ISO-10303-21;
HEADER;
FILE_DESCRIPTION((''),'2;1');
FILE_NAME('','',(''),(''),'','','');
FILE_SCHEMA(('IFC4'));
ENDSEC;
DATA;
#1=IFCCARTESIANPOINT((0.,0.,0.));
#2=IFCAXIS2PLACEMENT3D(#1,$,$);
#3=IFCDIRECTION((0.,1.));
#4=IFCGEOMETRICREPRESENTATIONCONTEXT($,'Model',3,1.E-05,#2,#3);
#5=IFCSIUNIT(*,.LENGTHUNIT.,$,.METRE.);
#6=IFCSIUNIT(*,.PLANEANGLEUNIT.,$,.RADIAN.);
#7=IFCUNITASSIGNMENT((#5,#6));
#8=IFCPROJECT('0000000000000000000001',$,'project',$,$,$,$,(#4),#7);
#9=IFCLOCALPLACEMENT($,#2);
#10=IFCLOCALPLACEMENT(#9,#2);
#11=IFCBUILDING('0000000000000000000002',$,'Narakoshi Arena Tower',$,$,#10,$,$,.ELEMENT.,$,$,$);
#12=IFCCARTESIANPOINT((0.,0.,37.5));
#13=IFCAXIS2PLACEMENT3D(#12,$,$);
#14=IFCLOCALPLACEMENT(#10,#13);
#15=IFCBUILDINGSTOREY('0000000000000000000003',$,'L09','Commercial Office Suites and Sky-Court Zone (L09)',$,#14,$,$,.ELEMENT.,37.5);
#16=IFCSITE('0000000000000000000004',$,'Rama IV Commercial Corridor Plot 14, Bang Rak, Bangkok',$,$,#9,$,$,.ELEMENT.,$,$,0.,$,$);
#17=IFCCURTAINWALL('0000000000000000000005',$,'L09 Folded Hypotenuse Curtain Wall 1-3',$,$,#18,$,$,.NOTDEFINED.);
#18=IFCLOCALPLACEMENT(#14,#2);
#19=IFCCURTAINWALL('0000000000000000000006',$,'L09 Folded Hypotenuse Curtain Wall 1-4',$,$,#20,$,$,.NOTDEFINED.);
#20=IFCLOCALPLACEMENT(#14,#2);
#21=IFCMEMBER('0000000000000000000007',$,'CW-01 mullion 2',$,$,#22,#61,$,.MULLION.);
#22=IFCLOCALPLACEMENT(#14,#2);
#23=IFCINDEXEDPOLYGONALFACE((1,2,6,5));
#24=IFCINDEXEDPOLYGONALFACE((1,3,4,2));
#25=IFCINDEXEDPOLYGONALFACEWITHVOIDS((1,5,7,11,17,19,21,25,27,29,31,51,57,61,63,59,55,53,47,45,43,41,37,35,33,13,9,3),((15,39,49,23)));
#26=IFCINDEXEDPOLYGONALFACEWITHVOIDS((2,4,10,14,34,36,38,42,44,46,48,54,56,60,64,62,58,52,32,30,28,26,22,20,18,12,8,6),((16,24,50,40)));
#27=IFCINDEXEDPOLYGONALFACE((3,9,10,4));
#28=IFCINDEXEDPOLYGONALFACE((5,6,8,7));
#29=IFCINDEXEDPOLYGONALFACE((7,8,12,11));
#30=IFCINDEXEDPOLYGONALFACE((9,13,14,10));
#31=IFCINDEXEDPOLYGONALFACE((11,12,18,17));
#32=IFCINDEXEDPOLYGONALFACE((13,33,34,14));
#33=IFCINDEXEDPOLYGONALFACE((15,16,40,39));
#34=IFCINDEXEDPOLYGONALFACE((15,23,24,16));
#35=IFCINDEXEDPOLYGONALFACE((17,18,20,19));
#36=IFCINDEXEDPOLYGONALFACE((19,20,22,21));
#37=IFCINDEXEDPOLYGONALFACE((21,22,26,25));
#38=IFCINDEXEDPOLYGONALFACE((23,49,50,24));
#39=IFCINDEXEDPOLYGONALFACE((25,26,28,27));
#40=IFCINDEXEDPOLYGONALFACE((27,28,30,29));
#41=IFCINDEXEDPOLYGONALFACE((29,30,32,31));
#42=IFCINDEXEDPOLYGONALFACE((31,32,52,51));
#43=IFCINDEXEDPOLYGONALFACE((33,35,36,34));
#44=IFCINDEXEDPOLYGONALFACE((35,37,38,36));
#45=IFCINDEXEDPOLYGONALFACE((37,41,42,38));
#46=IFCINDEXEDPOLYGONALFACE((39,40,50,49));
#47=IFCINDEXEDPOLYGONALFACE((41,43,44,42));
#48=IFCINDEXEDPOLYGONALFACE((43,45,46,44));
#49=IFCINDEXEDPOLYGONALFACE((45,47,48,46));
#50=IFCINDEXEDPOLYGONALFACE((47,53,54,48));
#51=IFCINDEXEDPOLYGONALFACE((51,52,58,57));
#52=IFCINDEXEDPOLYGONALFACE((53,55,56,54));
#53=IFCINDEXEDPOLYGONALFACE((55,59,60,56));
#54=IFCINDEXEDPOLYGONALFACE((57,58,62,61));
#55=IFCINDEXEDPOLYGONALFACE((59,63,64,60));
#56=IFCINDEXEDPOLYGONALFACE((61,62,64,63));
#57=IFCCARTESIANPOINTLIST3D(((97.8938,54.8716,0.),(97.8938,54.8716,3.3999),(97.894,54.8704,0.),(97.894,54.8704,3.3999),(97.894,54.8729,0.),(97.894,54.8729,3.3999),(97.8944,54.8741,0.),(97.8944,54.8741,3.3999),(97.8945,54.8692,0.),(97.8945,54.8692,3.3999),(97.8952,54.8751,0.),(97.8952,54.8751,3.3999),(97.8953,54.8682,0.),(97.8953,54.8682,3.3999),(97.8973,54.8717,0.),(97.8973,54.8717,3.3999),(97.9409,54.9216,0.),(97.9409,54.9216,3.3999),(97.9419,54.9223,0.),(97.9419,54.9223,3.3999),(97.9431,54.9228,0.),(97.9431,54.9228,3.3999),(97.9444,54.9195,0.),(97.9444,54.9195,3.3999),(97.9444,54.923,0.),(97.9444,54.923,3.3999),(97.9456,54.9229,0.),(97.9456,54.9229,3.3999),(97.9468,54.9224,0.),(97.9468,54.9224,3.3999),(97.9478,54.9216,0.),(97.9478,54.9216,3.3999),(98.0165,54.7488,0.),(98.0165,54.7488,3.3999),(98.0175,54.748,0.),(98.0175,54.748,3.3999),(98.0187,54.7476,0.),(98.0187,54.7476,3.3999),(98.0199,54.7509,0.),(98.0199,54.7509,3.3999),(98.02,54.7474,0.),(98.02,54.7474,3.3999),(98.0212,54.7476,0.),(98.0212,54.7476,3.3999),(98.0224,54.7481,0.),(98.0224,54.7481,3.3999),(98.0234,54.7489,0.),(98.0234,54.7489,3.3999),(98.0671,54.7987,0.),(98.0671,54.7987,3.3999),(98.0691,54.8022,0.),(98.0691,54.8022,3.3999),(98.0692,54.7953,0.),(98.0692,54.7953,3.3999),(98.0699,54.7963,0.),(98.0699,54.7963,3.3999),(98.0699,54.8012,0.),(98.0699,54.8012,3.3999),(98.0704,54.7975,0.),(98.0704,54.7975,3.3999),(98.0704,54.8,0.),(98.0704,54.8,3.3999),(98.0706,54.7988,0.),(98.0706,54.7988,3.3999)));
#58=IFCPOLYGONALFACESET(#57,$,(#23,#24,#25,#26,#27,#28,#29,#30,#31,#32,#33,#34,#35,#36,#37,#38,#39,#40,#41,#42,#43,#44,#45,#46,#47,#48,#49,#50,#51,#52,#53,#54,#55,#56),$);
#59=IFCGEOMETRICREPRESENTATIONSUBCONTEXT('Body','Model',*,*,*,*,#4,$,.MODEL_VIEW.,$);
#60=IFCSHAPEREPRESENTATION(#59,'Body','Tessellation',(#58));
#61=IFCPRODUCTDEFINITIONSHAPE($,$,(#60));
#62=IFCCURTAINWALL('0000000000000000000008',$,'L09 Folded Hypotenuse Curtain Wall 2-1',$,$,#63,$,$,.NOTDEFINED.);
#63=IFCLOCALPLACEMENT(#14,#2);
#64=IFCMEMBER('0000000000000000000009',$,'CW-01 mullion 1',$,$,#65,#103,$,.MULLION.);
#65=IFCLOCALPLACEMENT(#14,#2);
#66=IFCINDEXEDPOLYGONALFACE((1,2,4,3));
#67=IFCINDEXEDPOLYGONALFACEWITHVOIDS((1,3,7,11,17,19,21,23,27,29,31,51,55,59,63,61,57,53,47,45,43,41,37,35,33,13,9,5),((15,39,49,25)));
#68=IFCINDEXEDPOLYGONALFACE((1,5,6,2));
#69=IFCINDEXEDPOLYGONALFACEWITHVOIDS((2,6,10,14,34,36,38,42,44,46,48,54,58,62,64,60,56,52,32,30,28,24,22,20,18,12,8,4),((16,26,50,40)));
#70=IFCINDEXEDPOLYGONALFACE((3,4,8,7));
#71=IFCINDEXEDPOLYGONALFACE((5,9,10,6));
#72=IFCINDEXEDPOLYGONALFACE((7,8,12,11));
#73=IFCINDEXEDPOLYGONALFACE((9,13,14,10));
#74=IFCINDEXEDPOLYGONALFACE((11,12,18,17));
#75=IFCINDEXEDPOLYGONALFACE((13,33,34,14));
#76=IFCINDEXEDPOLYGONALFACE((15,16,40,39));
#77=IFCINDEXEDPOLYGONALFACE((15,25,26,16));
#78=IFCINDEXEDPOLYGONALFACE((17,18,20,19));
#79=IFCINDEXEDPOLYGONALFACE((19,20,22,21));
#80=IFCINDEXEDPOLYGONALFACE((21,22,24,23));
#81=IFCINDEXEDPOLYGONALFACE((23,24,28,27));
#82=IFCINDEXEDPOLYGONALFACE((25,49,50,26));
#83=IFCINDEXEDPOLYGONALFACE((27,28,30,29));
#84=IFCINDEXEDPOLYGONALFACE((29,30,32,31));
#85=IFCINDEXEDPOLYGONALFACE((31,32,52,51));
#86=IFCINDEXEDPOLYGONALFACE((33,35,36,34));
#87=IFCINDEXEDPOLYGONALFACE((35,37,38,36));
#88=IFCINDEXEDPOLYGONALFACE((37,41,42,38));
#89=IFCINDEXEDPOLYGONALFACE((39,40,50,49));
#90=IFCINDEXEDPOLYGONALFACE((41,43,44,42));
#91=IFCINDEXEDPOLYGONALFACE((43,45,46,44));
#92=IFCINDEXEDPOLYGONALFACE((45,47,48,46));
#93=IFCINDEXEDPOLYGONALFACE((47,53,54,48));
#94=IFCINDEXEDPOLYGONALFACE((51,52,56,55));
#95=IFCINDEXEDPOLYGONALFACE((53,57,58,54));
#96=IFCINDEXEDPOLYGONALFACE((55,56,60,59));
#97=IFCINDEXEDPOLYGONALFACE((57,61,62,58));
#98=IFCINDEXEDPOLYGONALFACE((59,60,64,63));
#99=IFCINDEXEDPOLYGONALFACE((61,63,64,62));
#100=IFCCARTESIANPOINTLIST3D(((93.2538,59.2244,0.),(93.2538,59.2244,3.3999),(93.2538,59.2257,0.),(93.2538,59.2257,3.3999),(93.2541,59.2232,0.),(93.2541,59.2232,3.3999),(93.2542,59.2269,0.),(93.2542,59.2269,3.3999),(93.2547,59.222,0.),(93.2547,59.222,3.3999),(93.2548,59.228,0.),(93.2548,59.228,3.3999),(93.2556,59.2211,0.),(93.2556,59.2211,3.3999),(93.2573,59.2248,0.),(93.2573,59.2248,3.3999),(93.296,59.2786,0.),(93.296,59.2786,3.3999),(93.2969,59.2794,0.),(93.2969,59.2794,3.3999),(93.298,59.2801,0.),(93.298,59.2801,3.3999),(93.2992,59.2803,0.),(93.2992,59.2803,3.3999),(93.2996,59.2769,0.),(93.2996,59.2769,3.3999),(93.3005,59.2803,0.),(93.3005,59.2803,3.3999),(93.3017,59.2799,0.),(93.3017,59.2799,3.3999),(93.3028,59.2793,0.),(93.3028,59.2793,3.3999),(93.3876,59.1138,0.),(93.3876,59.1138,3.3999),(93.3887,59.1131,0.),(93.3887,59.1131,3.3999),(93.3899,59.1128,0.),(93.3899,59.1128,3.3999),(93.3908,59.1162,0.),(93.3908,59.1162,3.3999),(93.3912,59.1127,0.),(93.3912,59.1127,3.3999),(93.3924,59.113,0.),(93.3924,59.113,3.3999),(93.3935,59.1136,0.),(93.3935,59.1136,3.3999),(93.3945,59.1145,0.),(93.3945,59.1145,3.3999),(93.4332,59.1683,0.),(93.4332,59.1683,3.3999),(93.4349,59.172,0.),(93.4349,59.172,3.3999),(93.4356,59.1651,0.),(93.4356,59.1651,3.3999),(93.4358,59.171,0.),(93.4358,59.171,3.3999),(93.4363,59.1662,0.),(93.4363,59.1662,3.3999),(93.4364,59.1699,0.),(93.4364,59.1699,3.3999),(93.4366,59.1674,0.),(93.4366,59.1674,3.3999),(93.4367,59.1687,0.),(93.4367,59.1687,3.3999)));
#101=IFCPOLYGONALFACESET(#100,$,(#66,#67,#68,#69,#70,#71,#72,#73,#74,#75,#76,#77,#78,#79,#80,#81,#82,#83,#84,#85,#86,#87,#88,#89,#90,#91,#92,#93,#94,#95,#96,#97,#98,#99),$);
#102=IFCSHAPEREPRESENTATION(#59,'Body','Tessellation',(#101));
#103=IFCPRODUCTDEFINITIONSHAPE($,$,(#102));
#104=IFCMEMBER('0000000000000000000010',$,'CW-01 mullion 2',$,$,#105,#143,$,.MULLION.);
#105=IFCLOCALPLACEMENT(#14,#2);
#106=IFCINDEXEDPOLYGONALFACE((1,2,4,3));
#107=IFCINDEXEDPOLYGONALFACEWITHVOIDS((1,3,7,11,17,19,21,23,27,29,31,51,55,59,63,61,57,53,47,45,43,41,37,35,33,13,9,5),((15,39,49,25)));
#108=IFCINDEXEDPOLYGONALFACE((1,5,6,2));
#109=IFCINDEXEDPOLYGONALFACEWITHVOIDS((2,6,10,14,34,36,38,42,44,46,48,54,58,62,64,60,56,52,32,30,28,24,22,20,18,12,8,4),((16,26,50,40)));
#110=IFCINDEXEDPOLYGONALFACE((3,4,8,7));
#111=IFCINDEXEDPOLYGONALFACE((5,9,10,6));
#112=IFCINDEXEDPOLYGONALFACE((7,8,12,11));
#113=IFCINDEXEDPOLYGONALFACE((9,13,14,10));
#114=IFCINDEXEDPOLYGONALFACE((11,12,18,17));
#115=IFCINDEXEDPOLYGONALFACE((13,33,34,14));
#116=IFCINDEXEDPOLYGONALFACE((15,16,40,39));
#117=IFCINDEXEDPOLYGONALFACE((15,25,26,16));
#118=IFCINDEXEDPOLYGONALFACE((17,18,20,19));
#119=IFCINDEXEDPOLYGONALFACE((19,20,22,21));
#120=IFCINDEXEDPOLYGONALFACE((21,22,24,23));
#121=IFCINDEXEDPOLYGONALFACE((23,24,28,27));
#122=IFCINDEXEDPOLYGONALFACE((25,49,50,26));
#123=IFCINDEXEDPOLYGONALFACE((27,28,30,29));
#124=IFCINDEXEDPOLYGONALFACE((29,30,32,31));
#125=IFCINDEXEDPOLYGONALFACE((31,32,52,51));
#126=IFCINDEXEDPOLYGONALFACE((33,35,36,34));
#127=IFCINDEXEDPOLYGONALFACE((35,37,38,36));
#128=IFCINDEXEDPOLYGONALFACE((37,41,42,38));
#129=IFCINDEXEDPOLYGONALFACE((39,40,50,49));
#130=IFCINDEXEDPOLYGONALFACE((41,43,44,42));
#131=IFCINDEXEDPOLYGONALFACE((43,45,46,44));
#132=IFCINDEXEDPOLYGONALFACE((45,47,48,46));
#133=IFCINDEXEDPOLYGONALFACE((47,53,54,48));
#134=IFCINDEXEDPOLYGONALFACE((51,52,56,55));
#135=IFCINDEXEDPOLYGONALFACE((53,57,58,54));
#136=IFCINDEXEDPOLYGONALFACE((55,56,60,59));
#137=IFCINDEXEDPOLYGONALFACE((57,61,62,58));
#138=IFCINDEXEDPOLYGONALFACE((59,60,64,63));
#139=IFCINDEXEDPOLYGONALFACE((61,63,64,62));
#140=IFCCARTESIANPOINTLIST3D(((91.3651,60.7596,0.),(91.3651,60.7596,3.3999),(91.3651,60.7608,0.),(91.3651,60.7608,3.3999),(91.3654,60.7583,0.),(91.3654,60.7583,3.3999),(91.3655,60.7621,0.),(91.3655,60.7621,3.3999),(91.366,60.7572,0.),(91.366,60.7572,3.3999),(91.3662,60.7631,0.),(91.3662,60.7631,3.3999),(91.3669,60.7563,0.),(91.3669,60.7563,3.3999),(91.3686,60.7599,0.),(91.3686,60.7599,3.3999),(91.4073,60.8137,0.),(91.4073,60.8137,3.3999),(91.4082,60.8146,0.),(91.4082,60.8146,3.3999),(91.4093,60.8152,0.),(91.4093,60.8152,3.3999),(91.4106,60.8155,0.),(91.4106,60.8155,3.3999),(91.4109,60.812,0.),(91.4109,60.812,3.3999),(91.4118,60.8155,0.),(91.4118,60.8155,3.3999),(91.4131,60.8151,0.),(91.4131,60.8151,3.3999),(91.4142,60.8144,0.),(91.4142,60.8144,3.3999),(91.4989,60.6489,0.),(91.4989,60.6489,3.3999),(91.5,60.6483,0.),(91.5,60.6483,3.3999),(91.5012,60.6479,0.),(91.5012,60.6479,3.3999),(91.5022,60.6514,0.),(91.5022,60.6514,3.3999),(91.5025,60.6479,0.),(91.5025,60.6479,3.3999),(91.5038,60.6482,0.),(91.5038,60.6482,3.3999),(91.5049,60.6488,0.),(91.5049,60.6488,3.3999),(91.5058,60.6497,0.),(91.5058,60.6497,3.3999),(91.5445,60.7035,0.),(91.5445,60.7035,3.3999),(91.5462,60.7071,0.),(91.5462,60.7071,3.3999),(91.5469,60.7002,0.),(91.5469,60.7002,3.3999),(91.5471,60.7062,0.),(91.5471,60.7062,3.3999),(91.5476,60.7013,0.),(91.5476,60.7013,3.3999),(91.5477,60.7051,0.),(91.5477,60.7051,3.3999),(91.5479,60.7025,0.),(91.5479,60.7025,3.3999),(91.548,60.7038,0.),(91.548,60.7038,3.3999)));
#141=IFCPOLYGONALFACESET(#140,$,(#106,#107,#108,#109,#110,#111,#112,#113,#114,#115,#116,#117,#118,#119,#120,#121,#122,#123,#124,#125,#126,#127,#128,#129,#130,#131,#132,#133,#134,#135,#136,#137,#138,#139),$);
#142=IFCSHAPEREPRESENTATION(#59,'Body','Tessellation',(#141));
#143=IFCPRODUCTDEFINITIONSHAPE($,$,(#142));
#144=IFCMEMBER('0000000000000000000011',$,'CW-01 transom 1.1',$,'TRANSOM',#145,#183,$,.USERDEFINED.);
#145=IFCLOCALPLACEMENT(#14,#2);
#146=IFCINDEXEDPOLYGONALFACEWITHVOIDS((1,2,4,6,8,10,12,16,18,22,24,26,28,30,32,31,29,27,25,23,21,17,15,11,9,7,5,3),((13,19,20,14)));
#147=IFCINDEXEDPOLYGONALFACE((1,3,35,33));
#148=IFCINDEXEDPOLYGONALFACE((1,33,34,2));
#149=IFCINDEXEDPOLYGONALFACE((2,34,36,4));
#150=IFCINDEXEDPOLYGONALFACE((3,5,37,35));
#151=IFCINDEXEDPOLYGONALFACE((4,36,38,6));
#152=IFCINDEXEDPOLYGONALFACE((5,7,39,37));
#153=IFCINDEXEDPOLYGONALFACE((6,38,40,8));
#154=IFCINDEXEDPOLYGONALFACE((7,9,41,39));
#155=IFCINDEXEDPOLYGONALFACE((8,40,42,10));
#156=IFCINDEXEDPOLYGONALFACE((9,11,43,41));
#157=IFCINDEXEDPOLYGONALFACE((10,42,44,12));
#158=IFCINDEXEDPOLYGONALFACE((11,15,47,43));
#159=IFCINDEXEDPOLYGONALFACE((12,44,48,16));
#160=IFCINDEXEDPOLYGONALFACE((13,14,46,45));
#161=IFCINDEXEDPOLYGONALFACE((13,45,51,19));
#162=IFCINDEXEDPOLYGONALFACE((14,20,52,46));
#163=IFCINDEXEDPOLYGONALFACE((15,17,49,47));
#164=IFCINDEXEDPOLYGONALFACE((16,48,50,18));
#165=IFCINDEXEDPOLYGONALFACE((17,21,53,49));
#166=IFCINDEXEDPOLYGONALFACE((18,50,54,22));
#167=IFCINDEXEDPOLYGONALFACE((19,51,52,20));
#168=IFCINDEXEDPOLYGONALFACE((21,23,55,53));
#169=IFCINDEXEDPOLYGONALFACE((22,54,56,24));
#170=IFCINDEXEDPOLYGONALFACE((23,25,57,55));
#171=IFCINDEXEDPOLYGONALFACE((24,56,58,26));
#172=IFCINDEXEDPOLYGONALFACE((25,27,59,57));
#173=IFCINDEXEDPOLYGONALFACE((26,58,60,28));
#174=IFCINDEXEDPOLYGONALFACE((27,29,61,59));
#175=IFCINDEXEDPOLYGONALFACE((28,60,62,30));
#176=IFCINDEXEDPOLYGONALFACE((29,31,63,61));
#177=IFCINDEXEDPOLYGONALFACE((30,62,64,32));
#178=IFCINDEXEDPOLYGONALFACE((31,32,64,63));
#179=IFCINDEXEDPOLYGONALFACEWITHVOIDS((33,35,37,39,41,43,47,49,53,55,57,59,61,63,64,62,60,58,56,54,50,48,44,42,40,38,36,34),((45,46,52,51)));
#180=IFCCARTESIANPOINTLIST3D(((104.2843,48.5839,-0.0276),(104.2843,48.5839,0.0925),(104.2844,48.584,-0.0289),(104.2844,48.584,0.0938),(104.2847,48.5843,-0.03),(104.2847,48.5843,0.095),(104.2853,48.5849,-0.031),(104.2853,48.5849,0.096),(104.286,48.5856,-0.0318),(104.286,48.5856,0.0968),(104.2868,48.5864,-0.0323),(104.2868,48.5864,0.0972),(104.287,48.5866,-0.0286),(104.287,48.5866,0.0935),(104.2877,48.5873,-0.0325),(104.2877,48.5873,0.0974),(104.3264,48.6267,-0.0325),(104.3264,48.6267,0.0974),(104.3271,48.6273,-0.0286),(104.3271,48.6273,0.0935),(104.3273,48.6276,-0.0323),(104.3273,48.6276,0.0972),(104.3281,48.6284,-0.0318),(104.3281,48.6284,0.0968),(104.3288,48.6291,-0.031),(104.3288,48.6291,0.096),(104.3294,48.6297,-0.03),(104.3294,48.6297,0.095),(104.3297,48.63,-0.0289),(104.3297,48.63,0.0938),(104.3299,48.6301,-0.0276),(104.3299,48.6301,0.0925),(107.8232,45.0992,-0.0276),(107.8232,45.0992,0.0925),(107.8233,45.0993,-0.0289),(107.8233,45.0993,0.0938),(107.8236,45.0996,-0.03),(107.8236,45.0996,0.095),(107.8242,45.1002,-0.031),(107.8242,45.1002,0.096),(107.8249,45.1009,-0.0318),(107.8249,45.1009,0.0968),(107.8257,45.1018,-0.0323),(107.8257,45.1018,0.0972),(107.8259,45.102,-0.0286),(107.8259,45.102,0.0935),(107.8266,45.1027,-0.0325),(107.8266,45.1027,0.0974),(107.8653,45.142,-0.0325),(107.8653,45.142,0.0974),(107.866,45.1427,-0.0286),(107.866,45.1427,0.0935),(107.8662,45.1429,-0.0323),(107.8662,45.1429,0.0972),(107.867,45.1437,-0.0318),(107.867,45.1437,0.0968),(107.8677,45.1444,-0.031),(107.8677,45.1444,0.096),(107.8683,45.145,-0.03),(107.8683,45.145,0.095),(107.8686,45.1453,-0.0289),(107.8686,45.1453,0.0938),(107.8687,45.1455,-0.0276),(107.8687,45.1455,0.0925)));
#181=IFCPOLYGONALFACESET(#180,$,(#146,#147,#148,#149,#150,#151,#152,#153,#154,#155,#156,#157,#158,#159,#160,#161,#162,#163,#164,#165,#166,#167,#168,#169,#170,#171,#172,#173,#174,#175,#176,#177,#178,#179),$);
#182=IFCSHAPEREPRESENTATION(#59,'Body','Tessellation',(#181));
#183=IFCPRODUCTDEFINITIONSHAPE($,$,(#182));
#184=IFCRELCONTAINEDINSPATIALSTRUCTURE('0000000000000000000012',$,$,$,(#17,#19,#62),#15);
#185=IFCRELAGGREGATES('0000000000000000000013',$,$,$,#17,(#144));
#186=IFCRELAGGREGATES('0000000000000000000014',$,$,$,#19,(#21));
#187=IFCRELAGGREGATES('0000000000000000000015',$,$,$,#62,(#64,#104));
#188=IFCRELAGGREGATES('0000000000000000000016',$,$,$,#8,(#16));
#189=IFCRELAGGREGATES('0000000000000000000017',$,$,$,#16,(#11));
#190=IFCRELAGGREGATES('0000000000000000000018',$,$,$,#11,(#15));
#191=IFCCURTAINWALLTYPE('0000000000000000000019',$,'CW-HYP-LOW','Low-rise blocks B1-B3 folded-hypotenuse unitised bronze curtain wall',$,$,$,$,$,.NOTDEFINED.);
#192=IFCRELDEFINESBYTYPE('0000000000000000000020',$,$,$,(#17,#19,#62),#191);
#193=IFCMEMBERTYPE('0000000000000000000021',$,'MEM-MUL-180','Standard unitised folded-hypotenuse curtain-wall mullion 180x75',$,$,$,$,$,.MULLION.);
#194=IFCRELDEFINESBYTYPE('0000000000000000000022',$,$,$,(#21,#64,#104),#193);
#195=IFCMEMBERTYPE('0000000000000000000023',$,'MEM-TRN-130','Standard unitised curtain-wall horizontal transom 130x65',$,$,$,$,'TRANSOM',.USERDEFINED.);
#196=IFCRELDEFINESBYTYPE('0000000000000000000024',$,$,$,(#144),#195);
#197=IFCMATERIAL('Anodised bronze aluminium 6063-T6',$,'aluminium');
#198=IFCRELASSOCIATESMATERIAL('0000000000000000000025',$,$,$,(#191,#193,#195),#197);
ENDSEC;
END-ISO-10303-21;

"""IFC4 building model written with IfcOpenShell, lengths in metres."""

from ifc_helpers import new_model, si_unit, direction, frame, origin, origin_2d, place, context, subcontext, project, spatial, hollow_rectangle, extrude, material, material_profile, profile_set, type_object, element, aggregate, save


model = new_model("IFC4")

# Units and contexts
model_context = context("Model", 3, precision=1e-05, world=origin(), true_north=direction((0.0, 1.0)))
body_context = subcontext(model_context, "Body", "Model", "MODEL_VIEW")
ifc_project = project(units=[si_unit("LENGTHUNIT", "METRE"), si_unit("PLANEANGLEUNIT", "RADIAN")], contexts=[model_context])

# Site, building, storey
site_placement = place(None, origin())
site = spatial("IfcSite", under=ifc_project, at=site_placement, Name="Rama IV Commercial Corridor Plot 14, Bang Rak, Bangkok", CompositionType="ELEMENT", RefElevation=0.0)
building_placement = place(site_placement, origin())
building = spatial("IfcBuilding", under=site, at=building_placement, Name="Narakoshi Arena Tower", CompositionType="ELEMENT")
storey_placement = place(building_placement, frame((0.0, 0.0, 37.5)))
storey = spatial("IfcBuildingStorey", under=building, at=storey_placement, Name="L09", Description="Commercial Office Suites and Sky-Court Zone (L09)", CompositionType="ELEMENT", Elevation=37.5)

# Curtain walls, members
ifc_material_1 = material(Name="Anodised bronze aluminium 6063-T6", Category="aluminium")
curtain_wall_type = type_object("IfcCurtainWallType", Name="CW-HYP-LOW", Description="Low-rise blocks B1-B3 folded-hypotenuse unitised bronze curtain wall", PredefinedType="NOTDEFINED", material=ifc_material_1)
curtain_wall_1_placement = place(storey_placement, origin())
curtain_wall_1 = element("IfcCurtainWall", 1, at=curtain_wall_1_placement, inside=storey, type_object=curtain_wall_type, Name="L09 Folded Hypotenuse Curtain Wall 1-3", PredefinedType="NOTDEFINED")
ifc_material_profile_1 = material_profile(ifc_material_1, hollow_rectangle(XDim=0.075, YDim=0.1799, WallThickness=0.0039, OuterFilletRadius=0.0049, at=origin_2d()), Name="MUL180x75x4")
ifc_profile_set_1 = profile_set([ifc_material_profile_1], Name="Anodised bronze aluminium 6063-T6")
member_type_1 = type_object("IfcMemberType", Name="MEM-MUL-180", Description="Standard unitised folded-hypotenuse curtain-wall mullion 180x75", PredefinedType="MULLION", material=ifc_profile_set_1)
curtain_wall_2_placement = place(storey_placement, origin())
curtain_wall_2 = element("IfcCurtainWall", 2, at=curtain_wall_2_placement, inside=storey, type_object=curtain_wall_type, Name="L09 Folded Hypotenuse Curtain Wall 1-4", PredefinedType="NOTDEFINED")
member_1_placement = place(storey_placement, frame((97.9822, 54.8352, 0.0), z_axis=(0.0, 0.0, 1.0), x_axis=(-0.701633, -0.712539, 0.0)))
member_1 = element("IfcMember", 3, at=member_1_placement, type_object=member_type_1, Name="CW-01 mullion 2", PredefinedType="MULLION", context=body_context, shape_type="SweptSolid", body=[
    extrude(hollow_rectangle(XDim=0.075, YDim=0.1799, WallThickness=0.0039, OuterFilletRadius=0.0049, at=origin_2d()), origin(), (0.0, 0.0, 1.0), 3.3999),
])
curtain_wall_3_placement = place(storey_placement, origin())
curtain_wall_3 = element("IfcCurtainWall", 4, at=curtain_wall_3_placement, inside=storey, type_object=curtain_wall_type, Name="L09 Folded Hypotenuse Curtain Wall 2-1", PredefinedType="NOTDEFINED")
member_2_placement = place(storey_placement, frame((93.3452, 59.1965, 0.0), z_axis=(0.0, 0.0, 1.0), x_axis=(-0.630723, -0.776008, 0.0)))
member_2 = element("IfcMember", 5, at=member_2_placement, type_object=member_type_1, Name="CW-01 mullion 1", PredefinedType="MULLION", context=body_context, shape_type="SweptSolid", body=[
    extrude(hollow_rectangle(XDim=0.075, YDim=0.1799, WallThickness=0.0039, OuterFilletRadius=0.0049, at=origin_2d()), origin(), (0.0, 0.0, 1.0), 3.3999),
])
member_3_placement = place(storey_placement, frame((91.4565, 60.7317, 0.0), z_axis=(0.0, 0.0, 1.0), x_axis=(-0.630723, -0.776008, 0.0)))
member_3 = element("IfcMember", 6, at=member_3_placement, type_object=member_type_1, Name="CW-01 mullion 2", PredefinedType="MULLION", context=body_context, shape_type="SweptSolid", body=[
    extrude(hollow_rectangle(XDim=0.075, YDim=0.1799, WallThickness=0.0039, OuterFilletRadius=0.0049, at=origin_2d()), origin(), (0.0, 0.0, 1.0), 3.3999),
])

# Member
ifc_material_profile_2 = material_profile(ifc_material_1, hollow_rectangle(XDim=0.0649, YDim=0.1299, WallThickness=0.0039, OuterFilletRadius=0.0049, at=origin_2d()), Name="TRN130x65x4")
ifc_profile_set_2 = profile_set([ifc_material_profile_2], Name="Anodised bronze aluminium 6063-T6")
member_type_2 = type_object("IfcMemberType", Name="MEM-TRN-130", Description="Standard unitised curtain-wall horizontal transom 130x65", ElementType="TRANSOM", PredefinedType="USERDEFINED", material=ifc_profile_set_2)
member_4_placement = place(storey_placement, frame((107.8459, 45.1223, 0.0325), z_axis=(-0.712542, 0.701629, 0.0), x_axis=(-0.701629, -0.712542, 0.0)))
member_4 = element("IfcMember", 7, at=member_4_placement, type_object=member_type_2, Name="CW-01 transom 1.1", ObjectType="TRANSOM", PredefinedType="USERDEFINED", context=body_context, shape_type="SweptSolid", body=[
    extrude(hollow_rectangle(XDim=0.0649, YDim=0.1299, WallThickness=0.0039, OuterFilletRadius=0.0049, at=origin_2d()), origin(), (0.0, 0.0, 1.0), 4.9666),
])

aggregate(curtain_wall_1, [member_4])
aggregate(curtain_wall_2, [member_1])
aggregate(curtain_wall_3, [member_2, member_3])

save(model, "model.ifc")
